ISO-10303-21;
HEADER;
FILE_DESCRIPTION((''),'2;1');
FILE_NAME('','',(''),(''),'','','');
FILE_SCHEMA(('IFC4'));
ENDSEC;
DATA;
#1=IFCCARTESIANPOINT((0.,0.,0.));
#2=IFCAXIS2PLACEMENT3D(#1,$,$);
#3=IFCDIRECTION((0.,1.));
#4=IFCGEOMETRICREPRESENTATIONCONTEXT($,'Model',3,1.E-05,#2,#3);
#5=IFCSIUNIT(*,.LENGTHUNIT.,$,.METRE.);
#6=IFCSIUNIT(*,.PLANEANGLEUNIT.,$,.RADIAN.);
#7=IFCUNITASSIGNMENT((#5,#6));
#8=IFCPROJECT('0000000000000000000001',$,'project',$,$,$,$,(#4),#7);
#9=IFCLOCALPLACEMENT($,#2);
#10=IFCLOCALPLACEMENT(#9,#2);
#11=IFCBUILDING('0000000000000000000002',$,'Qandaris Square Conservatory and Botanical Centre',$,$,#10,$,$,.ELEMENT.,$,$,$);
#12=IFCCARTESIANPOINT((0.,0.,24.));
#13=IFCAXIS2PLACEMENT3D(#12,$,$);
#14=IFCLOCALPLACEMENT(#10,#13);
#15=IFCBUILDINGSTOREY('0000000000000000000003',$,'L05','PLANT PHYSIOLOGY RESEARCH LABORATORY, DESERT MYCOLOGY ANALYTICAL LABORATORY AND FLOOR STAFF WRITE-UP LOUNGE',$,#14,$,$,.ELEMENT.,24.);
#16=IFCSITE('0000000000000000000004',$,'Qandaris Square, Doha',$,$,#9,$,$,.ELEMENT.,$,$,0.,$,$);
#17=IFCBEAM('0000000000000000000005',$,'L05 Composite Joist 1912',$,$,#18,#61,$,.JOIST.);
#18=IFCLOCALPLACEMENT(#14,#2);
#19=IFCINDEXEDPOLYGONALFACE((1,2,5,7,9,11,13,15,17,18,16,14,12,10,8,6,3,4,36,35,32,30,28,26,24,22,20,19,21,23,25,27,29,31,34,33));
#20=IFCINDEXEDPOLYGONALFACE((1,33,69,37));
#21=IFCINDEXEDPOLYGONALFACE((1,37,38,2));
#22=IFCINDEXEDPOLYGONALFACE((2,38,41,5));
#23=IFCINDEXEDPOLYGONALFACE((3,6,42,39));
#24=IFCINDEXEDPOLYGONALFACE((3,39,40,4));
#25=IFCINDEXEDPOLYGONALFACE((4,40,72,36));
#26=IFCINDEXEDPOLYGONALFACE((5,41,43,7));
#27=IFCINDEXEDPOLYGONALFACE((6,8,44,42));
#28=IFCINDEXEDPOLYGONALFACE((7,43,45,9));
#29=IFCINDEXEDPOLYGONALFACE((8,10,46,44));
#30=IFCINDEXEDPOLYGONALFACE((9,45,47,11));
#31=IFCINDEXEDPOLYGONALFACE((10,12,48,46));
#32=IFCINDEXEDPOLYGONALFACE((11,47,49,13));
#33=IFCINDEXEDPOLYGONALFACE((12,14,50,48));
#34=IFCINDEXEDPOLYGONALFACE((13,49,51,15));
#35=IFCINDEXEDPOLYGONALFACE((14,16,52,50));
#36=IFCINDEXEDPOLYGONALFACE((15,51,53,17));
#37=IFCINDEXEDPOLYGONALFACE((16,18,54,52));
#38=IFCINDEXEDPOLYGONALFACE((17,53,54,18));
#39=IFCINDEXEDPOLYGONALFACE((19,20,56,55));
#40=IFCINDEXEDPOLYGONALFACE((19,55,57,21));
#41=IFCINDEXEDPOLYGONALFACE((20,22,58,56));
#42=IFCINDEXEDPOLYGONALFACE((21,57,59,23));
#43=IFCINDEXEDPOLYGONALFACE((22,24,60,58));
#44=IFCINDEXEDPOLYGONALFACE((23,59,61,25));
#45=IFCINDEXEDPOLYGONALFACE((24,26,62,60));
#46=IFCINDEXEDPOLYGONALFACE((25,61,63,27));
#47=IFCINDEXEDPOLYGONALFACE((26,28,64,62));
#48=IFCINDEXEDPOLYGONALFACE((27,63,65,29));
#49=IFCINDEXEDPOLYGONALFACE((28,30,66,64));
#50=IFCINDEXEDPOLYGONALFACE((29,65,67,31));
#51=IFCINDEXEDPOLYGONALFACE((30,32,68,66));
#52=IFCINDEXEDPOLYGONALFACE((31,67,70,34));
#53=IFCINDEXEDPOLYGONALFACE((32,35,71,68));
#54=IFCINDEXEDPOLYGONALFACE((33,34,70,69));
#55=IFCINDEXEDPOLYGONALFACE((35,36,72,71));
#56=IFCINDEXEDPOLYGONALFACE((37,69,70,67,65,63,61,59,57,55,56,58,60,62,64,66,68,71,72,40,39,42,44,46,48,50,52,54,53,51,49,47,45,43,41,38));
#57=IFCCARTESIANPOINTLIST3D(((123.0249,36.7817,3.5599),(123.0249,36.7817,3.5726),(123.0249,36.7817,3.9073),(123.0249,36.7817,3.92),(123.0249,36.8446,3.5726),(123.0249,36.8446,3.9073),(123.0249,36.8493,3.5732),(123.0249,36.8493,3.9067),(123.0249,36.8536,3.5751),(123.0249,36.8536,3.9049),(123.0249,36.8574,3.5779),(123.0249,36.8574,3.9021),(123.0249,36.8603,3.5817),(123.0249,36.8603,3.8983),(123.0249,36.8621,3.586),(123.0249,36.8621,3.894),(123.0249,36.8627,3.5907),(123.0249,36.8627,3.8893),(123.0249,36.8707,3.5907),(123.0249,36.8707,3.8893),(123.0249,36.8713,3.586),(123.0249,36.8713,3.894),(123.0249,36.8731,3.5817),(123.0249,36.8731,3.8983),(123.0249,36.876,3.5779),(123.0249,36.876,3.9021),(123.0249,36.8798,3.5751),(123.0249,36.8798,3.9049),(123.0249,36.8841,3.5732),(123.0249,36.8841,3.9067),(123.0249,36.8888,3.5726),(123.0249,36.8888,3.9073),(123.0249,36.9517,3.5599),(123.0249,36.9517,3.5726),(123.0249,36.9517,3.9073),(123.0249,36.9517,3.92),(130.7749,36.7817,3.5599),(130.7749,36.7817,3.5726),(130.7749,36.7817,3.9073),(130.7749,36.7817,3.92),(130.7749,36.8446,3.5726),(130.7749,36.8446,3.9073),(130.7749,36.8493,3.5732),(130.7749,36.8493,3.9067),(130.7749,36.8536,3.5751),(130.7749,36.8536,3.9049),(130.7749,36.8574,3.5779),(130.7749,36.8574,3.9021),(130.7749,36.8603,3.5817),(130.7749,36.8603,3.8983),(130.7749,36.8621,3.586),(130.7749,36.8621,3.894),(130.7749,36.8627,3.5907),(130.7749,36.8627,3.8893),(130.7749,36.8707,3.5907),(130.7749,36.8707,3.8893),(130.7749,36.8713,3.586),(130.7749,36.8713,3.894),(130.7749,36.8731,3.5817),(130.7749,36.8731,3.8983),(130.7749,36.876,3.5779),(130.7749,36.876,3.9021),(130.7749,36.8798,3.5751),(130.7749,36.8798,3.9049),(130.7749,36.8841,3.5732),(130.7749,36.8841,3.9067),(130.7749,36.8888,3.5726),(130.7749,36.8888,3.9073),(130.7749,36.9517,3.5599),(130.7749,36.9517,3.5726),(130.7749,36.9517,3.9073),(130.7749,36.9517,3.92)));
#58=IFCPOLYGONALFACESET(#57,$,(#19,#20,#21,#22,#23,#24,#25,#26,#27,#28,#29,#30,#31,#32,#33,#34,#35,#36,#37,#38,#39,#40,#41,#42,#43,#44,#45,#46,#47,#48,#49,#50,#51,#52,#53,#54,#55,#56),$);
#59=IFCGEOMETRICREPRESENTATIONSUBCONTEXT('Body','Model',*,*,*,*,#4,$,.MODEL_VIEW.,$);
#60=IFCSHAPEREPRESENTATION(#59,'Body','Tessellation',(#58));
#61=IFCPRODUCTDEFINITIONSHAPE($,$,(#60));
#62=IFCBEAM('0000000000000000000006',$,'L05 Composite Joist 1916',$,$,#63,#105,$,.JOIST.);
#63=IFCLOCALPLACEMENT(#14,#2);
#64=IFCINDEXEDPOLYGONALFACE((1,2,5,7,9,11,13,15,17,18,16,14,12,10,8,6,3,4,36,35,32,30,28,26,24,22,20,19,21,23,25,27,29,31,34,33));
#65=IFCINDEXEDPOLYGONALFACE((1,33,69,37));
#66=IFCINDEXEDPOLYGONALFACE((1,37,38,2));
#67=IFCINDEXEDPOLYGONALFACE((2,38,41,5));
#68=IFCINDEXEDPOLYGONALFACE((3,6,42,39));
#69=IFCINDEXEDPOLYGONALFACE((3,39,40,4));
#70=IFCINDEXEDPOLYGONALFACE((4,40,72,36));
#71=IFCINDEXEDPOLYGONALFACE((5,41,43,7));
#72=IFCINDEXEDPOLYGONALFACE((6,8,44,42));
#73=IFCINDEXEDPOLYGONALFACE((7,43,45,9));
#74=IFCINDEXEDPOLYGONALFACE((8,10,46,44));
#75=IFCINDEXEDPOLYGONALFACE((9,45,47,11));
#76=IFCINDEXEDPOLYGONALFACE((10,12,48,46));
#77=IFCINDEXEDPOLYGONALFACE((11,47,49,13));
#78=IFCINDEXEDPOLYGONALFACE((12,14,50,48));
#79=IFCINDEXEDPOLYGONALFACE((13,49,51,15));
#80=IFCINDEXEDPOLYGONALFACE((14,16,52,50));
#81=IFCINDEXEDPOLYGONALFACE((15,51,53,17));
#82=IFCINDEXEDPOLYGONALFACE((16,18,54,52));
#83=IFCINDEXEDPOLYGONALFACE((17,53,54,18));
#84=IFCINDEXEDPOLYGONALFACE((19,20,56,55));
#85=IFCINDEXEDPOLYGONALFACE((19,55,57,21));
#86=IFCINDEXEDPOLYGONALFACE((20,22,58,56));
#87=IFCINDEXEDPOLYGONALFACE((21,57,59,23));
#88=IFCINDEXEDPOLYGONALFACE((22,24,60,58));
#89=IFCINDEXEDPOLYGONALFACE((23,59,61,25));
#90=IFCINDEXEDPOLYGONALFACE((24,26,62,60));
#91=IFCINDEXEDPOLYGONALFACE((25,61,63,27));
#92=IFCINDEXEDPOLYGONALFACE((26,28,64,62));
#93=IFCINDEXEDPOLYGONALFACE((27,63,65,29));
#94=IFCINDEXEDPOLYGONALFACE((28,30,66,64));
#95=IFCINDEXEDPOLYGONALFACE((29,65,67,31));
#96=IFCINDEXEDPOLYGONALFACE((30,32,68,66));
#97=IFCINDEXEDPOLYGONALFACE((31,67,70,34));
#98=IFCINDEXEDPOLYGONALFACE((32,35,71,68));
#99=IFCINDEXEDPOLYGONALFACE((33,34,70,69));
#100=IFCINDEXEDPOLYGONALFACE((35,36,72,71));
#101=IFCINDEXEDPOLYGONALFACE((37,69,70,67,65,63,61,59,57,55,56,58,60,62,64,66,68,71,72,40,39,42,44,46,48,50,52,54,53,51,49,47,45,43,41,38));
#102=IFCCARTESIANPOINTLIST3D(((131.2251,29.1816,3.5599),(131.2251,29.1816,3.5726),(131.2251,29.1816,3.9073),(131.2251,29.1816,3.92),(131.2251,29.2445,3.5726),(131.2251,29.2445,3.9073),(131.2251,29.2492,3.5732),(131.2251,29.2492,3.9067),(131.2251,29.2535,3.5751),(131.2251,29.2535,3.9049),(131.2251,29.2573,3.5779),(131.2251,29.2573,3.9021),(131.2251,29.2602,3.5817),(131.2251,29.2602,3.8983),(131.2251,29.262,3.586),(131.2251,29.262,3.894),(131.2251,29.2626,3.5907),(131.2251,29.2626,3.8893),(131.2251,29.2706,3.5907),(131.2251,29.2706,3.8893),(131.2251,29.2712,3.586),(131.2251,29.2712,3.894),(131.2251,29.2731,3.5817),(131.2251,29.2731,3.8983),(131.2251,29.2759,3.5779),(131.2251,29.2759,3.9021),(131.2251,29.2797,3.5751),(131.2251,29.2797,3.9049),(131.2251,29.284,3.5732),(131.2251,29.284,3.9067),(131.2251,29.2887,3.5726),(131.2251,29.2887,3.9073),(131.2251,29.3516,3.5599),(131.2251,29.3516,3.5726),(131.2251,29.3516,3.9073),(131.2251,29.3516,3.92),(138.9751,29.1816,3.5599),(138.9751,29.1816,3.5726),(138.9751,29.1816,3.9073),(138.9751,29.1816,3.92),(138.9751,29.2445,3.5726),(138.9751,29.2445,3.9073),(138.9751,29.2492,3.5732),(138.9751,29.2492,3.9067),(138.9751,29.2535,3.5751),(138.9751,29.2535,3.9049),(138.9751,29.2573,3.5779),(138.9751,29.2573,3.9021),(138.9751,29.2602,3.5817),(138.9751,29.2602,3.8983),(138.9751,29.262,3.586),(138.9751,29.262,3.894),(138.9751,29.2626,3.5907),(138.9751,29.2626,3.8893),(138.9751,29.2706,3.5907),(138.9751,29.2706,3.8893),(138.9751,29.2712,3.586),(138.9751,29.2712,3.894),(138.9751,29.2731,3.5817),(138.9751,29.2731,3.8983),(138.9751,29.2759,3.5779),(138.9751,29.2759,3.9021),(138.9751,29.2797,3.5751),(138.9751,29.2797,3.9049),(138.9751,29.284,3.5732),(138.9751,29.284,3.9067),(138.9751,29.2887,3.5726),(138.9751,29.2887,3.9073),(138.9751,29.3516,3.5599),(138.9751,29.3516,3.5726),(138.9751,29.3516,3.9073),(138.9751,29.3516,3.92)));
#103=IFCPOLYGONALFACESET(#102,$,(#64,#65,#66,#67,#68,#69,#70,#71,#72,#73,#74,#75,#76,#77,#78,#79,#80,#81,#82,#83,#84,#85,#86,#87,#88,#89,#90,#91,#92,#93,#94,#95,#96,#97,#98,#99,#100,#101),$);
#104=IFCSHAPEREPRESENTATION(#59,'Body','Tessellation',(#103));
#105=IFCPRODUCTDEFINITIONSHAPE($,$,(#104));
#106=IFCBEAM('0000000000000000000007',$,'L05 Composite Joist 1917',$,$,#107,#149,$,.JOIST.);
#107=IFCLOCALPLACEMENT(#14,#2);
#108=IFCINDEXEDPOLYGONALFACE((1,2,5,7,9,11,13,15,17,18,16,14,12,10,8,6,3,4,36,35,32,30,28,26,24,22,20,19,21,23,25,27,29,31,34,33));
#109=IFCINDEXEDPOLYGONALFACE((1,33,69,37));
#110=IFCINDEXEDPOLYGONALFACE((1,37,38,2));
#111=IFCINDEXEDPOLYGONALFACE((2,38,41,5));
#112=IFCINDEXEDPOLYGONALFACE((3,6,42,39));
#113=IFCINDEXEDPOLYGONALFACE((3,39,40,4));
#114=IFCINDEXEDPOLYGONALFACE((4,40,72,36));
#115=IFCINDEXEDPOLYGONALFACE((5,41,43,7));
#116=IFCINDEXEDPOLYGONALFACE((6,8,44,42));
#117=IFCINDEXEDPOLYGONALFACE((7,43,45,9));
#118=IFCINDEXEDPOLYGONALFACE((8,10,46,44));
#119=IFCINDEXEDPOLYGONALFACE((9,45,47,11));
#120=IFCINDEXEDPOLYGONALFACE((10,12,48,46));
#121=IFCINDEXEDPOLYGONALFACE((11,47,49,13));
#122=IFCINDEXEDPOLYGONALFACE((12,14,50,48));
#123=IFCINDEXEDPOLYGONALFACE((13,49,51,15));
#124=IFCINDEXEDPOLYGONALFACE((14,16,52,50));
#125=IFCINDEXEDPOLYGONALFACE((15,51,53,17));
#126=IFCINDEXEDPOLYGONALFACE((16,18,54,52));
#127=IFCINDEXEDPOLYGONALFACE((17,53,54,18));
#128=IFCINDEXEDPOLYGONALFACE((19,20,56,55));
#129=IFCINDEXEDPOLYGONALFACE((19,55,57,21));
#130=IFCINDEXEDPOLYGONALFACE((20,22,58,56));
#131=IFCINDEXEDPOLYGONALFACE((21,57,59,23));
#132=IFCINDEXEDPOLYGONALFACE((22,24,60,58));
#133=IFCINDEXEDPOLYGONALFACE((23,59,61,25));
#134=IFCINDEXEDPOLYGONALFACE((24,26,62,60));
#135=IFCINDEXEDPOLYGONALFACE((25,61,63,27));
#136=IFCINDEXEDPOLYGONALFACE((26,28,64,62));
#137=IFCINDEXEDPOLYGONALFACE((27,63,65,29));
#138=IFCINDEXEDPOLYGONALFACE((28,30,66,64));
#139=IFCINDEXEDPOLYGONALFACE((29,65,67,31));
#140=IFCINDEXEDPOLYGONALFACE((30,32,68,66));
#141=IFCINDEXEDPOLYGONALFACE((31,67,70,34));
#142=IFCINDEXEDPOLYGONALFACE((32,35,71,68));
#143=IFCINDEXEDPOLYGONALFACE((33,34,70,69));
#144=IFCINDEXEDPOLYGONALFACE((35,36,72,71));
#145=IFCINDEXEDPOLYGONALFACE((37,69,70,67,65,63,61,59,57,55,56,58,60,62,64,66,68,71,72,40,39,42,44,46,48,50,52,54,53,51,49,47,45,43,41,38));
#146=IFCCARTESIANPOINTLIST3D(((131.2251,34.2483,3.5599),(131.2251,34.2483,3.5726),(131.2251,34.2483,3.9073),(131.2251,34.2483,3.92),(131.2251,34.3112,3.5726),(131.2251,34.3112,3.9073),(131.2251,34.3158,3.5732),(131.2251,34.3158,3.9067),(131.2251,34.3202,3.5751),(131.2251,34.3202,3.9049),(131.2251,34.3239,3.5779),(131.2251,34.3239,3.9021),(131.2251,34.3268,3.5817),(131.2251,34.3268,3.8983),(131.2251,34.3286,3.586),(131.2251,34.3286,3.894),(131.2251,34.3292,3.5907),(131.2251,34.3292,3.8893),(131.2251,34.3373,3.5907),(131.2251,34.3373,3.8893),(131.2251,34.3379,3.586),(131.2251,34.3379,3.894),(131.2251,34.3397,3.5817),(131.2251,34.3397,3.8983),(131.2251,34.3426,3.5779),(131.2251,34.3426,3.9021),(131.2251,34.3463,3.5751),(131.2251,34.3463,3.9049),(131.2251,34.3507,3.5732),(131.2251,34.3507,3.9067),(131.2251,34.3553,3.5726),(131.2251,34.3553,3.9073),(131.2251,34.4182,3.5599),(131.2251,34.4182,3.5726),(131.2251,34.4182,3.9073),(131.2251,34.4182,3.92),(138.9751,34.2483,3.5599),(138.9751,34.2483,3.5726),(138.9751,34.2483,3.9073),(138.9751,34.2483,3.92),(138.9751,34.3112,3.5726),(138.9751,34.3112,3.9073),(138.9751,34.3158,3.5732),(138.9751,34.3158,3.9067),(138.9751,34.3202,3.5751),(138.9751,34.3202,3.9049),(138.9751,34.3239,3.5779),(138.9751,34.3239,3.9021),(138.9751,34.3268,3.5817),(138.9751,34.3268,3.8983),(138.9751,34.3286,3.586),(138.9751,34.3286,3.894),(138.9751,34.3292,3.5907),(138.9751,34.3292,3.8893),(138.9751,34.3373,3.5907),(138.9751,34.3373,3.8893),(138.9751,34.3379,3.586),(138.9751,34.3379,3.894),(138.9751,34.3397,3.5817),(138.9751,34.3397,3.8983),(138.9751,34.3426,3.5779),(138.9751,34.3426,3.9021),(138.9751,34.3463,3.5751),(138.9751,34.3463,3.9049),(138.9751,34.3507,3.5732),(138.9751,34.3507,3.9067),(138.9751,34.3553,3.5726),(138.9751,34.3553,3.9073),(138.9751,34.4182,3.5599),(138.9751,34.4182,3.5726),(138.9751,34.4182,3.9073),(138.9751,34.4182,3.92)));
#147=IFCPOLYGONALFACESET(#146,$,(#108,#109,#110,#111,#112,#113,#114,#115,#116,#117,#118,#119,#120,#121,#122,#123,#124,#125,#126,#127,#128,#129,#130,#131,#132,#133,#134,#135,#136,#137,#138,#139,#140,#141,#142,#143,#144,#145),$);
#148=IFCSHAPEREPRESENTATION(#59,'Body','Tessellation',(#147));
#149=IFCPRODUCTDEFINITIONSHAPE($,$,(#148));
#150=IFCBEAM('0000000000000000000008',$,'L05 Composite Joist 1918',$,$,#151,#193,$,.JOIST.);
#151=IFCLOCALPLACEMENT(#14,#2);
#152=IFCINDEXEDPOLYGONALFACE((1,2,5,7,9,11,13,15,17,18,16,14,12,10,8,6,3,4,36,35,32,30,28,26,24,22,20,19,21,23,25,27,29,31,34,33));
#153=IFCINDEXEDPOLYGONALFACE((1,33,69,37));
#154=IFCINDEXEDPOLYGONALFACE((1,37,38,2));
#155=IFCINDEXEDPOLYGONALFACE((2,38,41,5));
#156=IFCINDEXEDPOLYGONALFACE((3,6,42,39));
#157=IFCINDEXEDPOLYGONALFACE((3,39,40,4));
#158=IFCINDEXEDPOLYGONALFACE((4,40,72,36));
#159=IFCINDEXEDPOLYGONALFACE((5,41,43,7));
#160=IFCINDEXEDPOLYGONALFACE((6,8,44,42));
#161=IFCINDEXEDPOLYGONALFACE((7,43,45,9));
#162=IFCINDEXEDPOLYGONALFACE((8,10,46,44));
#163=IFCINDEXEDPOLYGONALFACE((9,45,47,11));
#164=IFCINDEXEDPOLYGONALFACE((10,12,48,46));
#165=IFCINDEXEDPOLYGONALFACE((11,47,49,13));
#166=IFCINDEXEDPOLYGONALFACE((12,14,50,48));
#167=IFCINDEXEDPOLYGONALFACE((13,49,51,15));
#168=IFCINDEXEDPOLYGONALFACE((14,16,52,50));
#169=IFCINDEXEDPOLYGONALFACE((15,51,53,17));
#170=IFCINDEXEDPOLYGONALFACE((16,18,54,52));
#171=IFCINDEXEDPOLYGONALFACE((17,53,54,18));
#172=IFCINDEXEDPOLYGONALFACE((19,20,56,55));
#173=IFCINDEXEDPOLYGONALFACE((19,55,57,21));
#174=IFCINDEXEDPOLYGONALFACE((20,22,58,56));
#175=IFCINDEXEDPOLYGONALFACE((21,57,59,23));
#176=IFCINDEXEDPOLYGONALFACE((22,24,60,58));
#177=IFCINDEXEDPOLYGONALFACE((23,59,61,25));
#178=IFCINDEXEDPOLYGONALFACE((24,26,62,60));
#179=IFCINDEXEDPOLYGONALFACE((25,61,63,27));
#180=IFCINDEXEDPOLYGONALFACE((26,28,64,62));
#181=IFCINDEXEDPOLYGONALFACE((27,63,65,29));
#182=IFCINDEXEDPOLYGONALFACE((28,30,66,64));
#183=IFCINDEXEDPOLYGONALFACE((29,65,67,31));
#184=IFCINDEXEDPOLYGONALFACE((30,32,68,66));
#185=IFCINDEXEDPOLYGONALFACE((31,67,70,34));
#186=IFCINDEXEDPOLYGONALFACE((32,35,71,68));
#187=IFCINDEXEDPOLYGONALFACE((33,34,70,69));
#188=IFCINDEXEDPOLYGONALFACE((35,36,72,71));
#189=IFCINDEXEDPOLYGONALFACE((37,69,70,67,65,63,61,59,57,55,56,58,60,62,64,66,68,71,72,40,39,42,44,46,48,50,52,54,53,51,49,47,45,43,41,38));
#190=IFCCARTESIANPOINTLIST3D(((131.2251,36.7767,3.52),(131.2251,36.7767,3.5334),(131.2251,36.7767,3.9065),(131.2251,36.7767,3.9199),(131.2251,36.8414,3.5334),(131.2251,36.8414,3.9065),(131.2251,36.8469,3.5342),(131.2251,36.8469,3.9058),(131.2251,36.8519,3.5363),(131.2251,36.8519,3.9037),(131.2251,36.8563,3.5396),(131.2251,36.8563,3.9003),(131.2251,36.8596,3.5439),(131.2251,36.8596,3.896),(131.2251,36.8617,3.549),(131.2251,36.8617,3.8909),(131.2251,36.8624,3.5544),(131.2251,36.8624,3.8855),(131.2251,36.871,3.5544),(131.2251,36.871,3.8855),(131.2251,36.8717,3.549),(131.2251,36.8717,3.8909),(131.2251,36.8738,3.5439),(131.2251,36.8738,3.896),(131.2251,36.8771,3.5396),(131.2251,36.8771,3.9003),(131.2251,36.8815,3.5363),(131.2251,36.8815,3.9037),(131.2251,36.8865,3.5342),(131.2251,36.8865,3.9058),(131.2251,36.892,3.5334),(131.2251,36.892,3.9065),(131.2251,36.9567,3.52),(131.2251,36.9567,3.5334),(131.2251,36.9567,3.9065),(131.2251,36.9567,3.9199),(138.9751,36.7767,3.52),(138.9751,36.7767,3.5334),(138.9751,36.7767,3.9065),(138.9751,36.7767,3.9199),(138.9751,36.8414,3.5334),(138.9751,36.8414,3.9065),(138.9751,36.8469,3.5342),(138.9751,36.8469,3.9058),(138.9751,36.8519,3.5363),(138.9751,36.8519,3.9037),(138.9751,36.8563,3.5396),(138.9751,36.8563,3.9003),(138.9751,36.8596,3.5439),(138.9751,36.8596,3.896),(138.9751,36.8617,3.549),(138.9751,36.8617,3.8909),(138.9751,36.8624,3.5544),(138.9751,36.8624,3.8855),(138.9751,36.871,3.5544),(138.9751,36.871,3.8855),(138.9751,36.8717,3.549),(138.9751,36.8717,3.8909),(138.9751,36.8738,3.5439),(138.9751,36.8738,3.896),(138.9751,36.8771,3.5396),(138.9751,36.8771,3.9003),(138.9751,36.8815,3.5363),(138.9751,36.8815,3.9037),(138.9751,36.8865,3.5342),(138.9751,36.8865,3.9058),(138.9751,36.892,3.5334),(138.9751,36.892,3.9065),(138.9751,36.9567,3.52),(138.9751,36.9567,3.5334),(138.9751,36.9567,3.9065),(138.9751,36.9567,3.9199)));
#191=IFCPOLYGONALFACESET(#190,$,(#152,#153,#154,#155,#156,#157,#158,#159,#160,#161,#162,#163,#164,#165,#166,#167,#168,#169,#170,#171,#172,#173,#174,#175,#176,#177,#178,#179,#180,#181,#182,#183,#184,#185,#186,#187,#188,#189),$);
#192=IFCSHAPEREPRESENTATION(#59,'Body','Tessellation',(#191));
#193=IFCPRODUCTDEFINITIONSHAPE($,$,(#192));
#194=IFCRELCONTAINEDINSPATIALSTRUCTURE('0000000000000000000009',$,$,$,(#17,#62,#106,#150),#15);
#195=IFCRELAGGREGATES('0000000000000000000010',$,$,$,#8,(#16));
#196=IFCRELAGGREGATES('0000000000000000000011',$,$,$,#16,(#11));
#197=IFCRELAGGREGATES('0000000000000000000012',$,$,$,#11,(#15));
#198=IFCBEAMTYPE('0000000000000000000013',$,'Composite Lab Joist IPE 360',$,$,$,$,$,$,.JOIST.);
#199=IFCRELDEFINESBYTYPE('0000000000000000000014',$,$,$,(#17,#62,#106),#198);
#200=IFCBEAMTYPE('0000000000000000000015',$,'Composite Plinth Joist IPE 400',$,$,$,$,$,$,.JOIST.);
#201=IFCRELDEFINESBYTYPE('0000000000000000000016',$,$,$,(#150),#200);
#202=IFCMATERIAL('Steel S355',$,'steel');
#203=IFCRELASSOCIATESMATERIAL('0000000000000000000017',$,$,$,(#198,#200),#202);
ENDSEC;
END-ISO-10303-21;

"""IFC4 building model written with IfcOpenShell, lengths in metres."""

from ifc_helpers import new_model, si_unit, direction, frame, origin, origin_2d, place, context, subcontext, project, spatial, i_section, extrude, material, material_profile, profile_set, type_object, element, save


model = new_model("IFC4")

# Units and contexts
model_context = context("Model", 3, precision=1e-05, world=origin(), true_north=direction((0.0, 1.0)))
body_context = subcontext(model_context, "Body", "Model", "MODEL_VIEW")
ifc_project = project(units=[si_unit("LENGTHUNIT", "METRE"), si_unit("PLANEANGLEUNIT", "RADIAN")], contexts=[model_context])

# Site, building, storey
site_placement = place(None, origin())
site = spatial("IfcSite", under=ifc_project, at=site_placement, Name="Qandaris Square, Doha", CompositionType="ELEMENT", RefElevation=0.0)
building_placement = place(site_placement, origin())
building = spatial("IfcBuilding", under=site, at=building_placement, Name="Qandaris Square Conservatory and Botanical Centre", CompositionType="ELEMENT")
storey_placement = place(building_placement, frame((0.0, 0.0, 24.0)))
storey = spatial("IfcBuildingStorey", under=building, at=storey_placement, Name="L05", Description="PLANT PHYSIOLOGY RESEARCH LABORATORY, DESERT MYCOLOGY ANALYTICAL LABORATORY AND FLOOR STAFF WRITE-UP LOUNGE", CompositionType="ELEMENT", Elevation=24.0)

# Beams
ifc_material_1 = material(Name="Steel S355", Category="steel")
ifc_material_profile_1 = material_profile(ifc_material_1, i_section(OverallWidth=0.1699, OverallDepth=0.3601, WebThickness=0.0081, FlangeThickness=0.0127, FilletRadius=0.0181, at=origin_2d()), Name="IPE 360")
ifc_profile_set_1 = profile_set([ifc_material_profile_1], Name="Steel S355")
beam_type_1 = type_object("IfcBeamType", Name="Composite Lab Joist IPE 360", PredefinedType="JOIST", material=ifc_profile_set_1)
for number, where, z_axis, x_axis, name in (
    (1, (123.0249, 36.8667, 3.74), (1.0, 0.0, 0.0), (0.0, 1.0, 0.0), "L05 Composite Joist 1912"),
    (2, (131.2251, 29.2666, 3.74), (1.0, 0.0, 0.0), (0.0, 1.0, 0.0), "L05 Composite Joist 1916"),
    (3, (131.2251, 34.3333, 3.74), (1.0, 0.0, 0.0), (0.0, 1.0, 0.0), "L05 Composite Joist 1917"),
):
    element("IfcBeam", number, at=place(storey_placement, frame(where, z_axis=z_axis, x_axis=x_axis)), inside=storey, type_object=beam_type_1, Name=name, PredefinedType="JOIST", context=body_context, shape_type="SweptSolid", body=[
        extrude(i_section(OverallWidth=0.1699, OverallDepth=0.3601, WebThickness=0.0081, FlangeThickness=0.0127, FilletRadius=0.0181, at=origin_2d()), origin(), (0.0, 0.0, 1.0), 7.75),
    ])
ifc_material_profile_2 = material_profile(ifc_material_1, i_section(OverallWidth=0.1799, OverallDepth=0.3999, WebThickness=0.0085, FlangeThickness=0.0134, FilletRadius=0.021, at=origin_2d()), Name="IPE 400")
ifc_profile_set_2 = profile_set([ifc_material_profile_2], Name="Steel S355")
beam_type_2 = type_object("IfcBeamType", Name="Composite Plinth Joist IPE 400", PredefinedType="JOIST", material=ifc_profile_set_2)
beam_placement = place(storey_placement, frame((131.2251, 36.8667, 3.72), z_axis=(1.0, 0.0, 0.0), x_axis=(0.0, 1.0, 0.0)))
element("IfcBeam", 4, at=beam_placement, inside=storey, type_object=beam_type_2, Name="L05 Composite Joist 1918", PredefinedType="JOIST", context=body_context, shape_type="SweptSolid", body=[
    extrude(i_section(OverallWidth=0.1799, OverallDepth=0.3999, WebThickness=0.0085, FlangeThickness=0.0134, FilletRadius=0.021, at=origin_2d()), origin(), (0.0, 0.0, 1.0), 7.75),
])

save(model, "model.ifc")
